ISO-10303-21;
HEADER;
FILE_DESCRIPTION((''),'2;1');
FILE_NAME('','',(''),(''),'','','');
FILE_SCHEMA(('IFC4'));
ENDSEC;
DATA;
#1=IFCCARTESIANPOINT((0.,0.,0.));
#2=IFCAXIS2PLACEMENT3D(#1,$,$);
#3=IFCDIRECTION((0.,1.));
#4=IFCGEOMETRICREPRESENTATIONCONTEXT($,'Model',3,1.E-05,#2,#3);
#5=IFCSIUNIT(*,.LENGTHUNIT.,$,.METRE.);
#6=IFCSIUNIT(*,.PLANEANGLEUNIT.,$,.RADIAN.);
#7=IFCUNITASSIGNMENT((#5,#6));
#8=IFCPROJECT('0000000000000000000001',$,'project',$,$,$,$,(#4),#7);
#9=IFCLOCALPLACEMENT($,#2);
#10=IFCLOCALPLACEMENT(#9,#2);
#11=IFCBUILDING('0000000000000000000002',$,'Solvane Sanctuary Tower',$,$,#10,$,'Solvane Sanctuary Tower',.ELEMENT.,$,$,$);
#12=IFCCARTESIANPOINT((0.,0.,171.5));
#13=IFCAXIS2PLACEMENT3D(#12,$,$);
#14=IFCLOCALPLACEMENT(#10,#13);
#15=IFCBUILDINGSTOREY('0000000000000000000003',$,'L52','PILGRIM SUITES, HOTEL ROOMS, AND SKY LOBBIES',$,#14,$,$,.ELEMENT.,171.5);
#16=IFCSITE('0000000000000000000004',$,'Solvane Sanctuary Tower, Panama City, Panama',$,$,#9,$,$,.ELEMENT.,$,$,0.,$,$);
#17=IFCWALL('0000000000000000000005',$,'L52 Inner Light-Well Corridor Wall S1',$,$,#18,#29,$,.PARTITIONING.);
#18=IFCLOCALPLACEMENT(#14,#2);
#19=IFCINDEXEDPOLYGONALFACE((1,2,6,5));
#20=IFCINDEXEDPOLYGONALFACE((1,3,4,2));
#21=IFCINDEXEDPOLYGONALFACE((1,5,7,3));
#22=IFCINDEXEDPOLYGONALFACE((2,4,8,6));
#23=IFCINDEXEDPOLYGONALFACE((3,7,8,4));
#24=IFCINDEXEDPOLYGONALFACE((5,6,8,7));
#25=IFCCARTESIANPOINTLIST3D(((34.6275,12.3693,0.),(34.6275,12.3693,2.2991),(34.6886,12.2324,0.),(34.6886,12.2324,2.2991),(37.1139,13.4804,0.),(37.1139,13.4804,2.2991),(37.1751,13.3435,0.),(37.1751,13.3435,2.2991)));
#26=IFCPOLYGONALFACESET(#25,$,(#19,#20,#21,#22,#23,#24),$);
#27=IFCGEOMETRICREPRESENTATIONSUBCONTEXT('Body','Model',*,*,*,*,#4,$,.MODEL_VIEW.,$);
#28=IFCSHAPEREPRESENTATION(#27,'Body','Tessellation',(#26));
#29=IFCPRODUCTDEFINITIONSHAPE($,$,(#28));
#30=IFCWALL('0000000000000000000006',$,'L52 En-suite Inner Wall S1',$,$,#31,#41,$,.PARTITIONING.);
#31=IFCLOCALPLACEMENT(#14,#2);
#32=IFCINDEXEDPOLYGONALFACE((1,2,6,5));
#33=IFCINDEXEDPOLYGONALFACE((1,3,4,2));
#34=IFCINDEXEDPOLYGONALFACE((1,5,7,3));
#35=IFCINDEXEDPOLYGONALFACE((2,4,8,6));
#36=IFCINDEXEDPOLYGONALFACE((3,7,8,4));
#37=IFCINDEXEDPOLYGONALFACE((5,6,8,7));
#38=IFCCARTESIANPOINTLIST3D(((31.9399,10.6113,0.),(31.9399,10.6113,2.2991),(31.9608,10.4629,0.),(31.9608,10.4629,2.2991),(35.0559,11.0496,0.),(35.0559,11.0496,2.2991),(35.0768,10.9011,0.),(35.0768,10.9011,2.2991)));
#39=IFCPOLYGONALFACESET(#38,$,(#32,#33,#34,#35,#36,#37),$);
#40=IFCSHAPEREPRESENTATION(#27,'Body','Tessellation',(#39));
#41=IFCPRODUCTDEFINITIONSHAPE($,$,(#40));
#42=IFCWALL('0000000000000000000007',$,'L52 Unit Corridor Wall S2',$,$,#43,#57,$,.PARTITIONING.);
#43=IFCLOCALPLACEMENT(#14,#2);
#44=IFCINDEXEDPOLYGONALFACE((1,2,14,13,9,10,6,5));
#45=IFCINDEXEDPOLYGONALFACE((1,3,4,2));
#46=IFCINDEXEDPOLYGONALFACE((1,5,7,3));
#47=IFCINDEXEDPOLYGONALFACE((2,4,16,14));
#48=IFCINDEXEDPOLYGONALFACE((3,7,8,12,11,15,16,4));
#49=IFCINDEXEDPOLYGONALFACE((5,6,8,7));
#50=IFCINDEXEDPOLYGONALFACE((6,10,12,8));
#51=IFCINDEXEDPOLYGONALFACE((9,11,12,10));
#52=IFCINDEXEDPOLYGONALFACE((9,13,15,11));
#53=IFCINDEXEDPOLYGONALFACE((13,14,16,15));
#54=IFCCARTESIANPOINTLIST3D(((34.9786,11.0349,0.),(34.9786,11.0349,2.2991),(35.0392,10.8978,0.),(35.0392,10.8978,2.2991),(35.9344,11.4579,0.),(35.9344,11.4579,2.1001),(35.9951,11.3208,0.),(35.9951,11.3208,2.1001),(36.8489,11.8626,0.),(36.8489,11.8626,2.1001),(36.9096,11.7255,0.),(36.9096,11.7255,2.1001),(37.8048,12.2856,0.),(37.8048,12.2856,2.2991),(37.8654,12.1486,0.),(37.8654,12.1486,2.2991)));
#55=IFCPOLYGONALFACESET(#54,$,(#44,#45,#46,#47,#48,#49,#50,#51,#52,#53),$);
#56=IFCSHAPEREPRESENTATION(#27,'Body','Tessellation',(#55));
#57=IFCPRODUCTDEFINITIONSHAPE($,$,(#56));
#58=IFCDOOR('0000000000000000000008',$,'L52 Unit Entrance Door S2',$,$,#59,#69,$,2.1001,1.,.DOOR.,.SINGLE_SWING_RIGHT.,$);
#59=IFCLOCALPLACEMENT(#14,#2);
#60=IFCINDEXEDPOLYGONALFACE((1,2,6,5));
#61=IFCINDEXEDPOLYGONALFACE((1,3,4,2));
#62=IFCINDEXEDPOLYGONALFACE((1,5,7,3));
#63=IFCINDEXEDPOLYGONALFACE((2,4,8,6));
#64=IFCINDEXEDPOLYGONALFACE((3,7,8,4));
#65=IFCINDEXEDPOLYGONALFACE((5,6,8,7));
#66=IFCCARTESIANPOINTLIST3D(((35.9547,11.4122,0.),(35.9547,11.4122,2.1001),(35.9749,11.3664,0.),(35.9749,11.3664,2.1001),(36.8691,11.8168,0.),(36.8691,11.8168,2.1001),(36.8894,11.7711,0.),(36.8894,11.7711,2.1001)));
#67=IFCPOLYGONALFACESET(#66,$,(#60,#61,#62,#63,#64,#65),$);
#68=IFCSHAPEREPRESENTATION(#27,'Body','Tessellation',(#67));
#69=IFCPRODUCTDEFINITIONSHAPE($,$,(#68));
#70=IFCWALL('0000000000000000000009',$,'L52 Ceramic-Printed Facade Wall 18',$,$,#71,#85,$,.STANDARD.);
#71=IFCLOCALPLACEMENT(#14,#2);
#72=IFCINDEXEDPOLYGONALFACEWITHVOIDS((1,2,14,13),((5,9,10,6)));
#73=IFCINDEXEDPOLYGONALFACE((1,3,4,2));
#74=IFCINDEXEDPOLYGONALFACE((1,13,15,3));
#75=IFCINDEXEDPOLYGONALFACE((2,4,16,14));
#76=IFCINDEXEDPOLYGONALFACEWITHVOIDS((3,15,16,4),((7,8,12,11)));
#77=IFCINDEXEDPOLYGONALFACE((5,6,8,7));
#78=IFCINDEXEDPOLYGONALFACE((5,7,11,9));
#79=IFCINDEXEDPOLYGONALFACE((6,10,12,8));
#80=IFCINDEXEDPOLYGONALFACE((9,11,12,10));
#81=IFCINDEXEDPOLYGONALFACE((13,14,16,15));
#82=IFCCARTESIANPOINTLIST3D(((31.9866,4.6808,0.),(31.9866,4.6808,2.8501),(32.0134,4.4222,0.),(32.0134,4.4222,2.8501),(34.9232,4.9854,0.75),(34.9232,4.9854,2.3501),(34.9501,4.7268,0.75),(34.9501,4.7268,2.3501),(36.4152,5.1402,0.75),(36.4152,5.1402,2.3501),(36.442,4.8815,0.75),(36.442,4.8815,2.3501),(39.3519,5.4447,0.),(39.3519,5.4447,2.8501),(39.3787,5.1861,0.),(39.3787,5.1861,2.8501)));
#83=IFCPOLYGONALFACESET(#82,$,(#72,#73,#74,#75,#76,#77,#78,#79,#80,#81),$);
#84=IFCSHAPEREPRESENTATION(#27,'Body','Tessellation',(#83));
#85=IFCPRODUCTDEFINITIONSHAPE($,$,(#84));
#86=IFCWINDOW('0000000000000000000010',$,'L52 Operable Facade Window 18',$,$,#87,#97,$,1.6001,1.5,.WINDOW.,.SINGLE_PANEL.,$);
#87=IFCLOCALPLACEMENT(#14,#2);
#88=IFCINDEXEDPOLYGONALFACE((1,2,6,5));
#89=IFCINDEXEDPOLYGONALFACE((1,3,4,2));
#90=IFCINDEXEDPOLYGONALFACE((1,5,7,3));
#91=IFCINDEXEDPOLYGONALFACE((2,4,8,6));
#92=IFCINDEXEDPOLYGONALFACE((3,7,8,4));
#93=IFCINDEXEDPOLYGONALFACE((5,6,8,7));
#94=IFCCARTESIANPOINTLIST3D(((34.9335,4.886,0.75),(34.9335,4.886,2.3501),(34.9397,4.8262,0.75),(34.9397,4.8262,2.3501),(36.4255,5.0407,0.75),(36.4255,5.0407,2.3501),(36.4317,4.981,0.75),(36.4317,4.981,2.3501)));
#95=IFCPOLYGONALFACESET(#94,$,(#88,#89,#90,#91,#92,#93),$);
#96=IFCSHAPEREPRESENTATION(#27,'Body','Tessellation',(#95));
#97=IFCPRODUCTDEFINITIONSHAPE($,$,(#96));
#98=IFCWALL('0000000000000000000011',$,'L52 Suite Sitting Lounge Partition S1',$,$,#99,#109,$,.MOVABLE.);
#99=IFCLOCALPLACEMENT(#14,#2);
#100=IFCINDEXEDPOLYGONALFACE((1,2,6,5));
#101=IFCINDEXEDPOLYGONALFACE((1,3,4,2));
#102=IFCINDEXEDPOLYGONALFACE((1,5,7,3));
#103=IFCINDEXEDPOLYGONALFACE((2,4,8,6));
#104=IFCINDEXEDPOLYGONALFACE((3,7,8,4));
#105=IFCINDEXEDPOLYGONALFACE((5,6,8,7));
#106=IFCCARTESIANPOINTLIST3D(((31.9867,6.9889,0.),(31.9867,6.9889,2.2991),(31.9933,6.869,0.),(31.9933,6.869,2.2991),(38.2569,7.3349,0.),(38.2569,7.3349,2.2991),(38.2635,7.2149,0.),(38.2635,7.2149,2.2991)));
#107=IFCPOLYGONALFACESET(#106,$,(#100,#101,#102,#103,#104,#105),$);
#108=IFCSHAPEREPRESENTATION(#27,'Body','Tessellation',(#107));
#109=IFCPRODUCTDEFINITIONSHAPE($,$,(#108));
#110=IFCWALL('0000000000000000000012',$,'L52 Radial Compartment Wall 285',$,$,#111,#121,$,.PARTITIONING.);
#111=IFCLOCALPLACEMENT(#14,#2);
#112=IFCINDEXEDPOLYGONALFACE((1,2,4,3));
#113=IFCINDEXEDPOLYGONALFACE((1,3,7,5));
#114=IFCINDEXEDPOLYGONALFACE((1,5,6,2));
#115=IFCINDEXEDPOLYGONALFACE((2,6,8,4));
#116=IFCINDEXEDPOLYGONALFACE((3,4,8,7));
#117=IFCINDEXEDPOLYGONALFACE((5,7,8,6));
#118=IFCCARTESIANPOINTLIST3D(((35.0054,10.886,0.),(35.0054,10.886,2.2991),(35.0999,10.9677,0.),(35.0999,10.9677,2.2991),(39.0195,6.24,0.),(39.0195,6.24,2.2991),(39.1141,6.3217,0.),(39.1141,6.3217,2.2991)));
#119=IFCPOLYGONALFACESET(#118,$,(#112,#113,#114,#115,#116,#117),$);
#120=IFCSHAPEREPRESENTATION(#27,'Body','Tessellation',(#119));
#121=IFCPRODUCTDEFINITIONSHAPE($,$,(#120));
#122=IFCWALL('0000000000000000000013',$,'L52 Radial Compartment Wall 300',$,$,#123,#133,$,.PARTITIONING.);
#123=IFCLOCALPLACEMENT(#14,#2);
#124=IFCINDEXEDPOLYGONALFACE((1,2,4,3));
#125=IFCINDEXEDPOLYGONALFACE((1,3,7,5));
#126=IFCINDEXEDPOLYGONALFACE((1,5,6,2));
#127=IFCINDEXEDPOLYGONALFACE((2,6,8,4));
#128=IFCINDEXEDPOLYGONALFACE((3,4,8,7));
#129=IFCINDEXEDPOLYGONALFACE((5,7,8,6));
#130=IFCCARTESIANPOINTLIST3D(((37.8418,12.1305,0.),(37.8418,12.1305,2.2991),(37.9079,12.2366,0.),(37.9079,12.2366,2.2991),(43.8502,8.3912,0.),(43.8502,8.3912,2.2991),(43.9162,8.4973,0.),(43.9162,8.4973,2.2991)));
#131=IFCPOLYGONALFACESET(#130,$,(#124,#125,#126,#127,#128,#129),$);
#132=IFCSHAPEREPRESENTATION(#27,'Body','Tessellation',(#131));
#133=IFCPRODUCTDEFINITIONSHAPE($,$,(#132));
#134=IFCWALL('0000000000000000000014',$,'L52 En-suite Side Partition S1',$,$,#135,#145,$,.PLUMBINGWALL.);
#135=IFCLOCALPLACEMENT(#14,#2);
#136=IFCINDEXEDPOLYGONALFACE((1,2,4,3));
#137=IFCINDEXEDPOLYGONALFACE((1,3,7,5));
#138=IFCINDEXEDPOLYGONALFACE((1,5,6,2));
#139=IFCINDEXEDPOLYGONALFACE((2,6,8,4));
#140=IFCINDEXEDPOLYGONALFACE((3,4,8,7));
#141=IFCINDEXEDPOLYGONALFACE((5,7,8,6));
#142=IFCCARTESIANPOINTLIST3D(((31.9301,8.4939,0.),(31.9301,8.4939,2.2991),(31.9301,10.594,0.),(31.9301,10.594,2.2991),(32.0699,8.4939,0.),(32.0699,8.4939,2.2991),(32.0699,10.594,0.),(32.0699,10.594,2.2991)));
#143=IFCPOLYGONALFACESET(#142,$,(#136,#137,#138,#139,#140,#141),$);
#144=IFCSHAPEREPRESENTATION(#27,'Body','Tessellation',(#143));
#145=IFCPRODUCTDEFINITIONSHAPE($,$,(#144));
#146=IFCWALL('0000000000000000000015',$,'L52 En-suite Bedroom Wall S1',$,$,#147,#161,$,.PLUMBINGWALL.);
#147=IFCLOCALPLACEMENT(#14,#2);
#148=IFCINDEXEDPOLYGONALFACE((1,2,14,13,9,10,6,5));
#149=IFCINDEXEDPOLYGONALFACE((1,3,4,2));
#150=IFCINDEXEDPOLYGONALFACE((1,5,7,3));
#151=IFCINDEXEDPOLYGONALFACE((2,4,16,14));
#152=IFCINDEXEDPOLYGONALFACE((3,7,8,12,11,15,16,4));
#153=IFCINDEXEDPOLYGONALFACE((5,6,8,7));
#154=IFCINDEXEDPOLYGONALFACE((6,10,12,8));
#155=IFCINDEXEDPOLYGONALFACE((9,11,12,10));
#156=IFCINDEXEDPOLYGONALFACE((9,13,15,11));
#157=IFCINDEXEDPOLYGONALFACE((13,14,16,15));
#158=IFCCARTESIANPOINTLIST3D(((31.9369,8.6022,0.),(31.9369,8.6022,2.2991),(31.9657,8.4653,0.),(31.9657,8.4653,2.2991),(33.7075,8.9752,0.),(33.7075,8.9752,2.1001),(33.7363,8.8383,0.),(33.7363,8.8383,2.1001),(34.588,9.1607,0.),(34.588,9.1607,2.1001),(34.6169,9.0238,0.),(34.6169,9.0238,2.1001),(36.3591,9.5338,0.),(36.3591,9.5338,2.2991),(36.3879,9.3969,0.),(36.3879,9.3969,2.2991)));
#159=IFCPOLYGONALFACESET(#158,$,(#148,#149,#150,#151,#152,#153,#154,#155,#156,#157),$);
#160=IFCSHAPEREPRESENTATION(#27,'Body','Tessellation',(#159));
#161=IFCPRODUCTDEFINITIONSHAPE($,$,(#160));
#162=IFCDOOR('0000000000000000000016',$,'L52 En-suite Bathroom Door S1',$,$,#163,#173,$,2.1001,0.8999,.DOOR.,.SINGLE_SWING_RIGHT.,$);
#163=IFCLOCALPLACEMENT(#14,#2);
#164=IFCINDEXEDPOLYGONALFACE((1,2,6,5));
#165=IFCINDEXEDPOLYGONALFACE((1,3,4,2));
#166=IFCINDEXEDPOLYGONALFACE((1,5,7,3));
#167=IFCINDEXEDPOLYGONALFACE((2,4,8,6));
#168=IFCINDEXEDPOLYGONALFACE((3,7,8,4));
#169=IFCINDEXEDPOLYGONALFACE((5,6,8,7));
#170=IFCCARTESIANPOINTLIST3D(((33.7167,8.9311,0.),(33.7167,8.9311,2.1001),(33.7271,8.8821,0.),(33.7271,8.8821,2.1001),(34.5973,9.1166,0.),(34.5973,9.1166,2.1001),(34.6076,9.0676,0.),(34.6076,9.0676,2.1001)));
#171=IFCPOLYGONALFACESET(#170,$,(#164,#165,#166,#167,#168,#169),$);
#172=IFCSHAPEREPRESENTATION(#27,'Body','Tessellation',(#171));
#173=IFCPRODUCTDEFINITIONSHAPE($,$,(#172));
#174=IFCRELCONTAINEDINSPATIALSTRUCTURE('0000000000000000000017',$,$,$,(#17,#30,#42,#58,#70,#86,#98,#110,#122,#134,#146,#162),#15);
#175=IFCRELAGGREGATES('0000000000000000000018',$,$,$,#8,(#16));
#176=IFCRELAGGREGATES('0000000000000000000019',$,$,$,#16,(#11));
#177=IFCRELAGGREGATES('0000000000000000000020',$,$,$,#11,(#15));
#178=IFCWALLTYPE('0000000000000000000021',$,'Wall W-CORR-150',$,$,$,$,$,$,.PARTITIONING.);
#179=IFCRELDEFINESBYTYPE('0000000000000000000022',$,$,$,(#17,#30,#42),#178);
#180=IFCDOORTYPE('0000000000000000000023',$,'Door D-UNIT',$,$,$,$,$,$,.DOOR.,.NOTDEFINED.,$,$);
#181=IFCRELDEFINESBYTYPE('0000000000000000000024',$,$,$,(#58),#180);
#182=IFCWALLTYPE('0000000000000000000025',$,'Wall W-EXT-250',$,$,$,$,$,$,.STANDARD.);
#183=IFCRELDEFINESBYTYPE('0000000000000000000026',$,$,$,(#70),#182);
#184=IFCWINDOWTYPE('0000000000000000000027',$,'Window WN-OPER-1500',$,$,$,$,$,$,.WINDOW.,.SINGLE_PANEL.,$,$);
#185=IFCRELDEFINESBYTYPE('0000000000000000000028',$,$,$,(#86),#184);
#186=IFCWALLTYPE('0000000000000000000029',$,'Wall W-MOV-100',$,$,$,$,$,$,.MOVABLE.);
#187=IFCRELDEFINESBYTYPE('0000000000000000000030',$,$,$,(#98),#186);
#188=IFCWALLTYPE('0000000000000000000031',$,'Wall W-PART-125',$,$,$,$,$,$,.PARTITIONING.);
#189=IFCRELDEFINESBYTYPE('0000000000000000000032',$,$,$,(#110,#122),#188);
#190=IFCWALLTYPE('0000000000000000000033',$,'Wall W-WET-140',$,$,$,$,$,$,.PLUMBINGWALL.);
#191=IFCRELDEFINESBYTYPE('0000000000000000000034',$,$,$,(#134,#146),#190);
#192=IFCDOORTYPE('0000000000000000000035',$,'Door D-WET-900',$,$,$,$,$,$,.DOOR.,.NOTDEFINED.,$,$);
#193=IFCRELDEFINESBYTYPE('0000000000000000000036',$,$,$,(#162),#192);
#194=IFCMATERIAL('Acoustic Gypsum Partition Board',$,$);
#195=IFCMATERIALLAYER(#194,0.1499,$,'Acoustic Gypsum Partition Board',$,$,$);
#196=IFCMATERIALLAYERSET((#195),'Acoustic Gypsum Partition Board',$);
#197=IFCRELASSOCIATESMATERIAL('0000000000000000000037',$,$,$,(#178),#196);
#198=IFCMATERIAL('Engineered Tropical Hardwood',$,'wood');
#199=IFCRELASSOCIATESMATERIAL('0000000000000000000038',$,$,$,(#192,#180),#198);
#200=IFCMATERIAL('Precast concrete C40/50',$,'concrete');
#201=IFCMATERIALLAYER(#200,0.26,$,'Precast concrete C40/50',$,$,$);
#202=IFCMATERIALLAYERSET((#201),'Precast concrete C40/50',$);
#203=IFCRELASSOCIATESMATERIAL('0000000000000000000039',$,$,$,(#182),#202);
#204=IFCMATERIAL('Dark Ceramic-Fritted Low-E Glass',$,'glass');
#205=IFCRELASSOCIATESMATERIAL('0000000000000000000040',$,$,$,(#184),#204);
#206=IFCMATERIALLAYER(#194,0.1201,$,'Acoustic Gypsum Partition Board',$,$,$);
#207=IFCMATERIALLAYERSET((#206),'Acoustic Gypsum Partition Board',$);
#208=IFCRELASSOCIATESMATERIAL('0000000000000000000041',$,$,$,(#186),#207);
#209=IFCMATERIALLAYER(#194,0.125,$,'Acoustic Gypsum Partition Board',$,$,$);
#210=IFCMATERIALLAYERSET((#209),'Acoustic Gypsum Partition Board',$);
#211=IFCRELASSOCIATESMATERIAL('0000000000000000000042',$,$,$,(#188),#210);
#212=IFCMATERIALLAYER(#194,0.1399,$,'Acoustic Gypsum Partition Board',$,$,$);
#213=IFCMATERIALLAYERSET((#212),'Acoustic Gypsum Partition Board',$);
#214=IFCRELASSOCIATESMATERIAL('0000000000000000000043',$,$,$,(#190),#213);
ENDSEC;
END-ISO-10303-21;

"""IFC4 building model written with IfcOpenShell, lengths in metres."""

from ifc_helpers import new_model, si_unit, direction, frame, frame_2d, origin, place, context, subcontext, project, spatial, rectangle, extrude, material, layer, layer_set, type_object, element, fill, save


model = new_model("IFC4")

# Units and contexts
model_context = context("Model", 3, precision=1e-05, world=origin(), true_north=direction((0.0, 1.0)))
body_context = subcontext(model_context, "Body", "Model", "MODEL_VIEW")
ifc_project = project(units=[si_unit("LENGTHUNIT", "METRE"), si_unit("PLANEANGLEUNIT", "RADIAN")], contexts=[model_context])

# Site, building, storey
site_placement = place(None, origin())
site = spatial("IfcSite", under=ifc_project, at=site_placement, Name="Solvane Sanctuary Tower, Panama City, Panama", CompositionType="ELEMENT", RefElevation=0.0)
building_placement = place(site_placement, origin())
building = spatial("IfcBuilding", under=site, at=building_placement, Name="Solvane Sanctuary Tower", LongName="Solvane Sanctuary Tower", CompositionType="ELEMENT")
storey_placement = place(building_placement, frame((0.0, 0.0, 171.5)))
storey = spatial("IfcBuildingStorey", under=building, at=storey_placement, Name="L52", Description="PILGRIM SUITES, HOTEL ROOMS, AND SKY LOBBIES", CompositionType="ELEMENT", Elevation=171.5)

# Shared definitions
ifc_material_1 = material(Name="Acoustic Gypsum Partition Board")
ifc_layer_1 = layer(ifc_material_1, 0.1499, Name="Acoustic Gypsum Partition Board")
ifc_layer_set_1 = layer_set([ifc_layer_1], Name="Acoustic Gypsum Partition Board")
wall_type_1 = type_object("IfcWallType", Name="Wall W-CORR-150", PredefinedType="PARTITIONING", material=ifc_layer_set_1)

# Shared definitions
ifc_material_2 = material(Name="Engineered Tropical Hardwood", Category="wood")
door_type_1 = type_object("IfcDoorType", Name="Door D-WET-900", OperationType="NOTDEFINED", PredefinedType="DOOR", material=ifc_material_2)

# Walls
wall_1_placement = place(storey_placement, frame((34.658, 12.3008, 0.0), z_axis=(0.0, 0.0, 1.0), x_axis=(0.912985, 0.407993, 0.0)))
element("IfcWall", 1, at=wall_1_placement, inside=storey, type_object=wall_type_1, Name="L52 Inner Light-Well Corridor Wall S1", PredefinedType="PARTITIONING", context=body_context, shape_type="SweptSolid", body=[
    extrude(rectangle(XDim=2.7234, YDim=0.1499, at=frame_2d((1.3618, 0.0))), origin(), (0.0, 0.0, 1.0), 2.2991),
])
wall_2_placement = place(storey_placement, frame((31.9504, 10.5371, 0.0), z_axis=(0.0, 0.0, 1.0), x_axis=(0.990254, 0.13927, 0.0)))
element("IfcWall", 2, at=wall_2_placement, inside=storey, type_object=wall_type_1, Name="L52 En-suite Inner Wall S1", PredefinedType="PARTITIONING", context=body_context, shape_type="SweptSolid", body=[
    extrude(rectangle(XDim=3.1467, YDim=0.1499, at=frame_2d((1.5732, 0.0))), origin(), (0.0, 0.0, 1.0), 2.2991),
])

# Wall, opening, door
wall_3_placement = place(storey_placement, frame((35.0088, 10.9663, 0.0), z_axis=(0.0, 0.0, 1.0), x_axis=(0.914452, 0.404694, 0.0)))
wall_3 = element("IfcWall", 3, at=wall_3_placement, inside=storey, type_object=wall_type_1, Name="L52 Unit Corridor Wall S2", PredefinedType="PARTITIONING", context=body_context, shape_type="SweptSolid", body=[
    extrude(rectangle(XDim=3.0906, YDim=0.1499, at=frame_2d((1.5454, 0.0))), origin(), (0.0, 0.0, 1.0), 2.2991),
])
opening_1_placement = place(wall_3_placement, frame((1.0454, 0.0, 0.0)))
opening_1 = element("IfcOpeningElement", 4, at=opening_1_placement, cuts=wall_3, PredefinedType="OPENING", context=body_context, shape_type="SweptSolid", body=[
    extrude(rectangle(XDim=1.0, YDim=2.1001, at=frame_2d((0.5, 1.05))), frame((0.0, 0.085, 0.0), z_axis=(0.0, -1.0, 0.0), x_axis=(1.0, 0.0, 0.0)), (0.0, 0.0, 1.0), 0.1699),
])
door_type_2 = type_object("IfcDoorType", Name="Door D-UNIT", OperationType="NOTDEFINED", PredefinedType="DOOR", material=ifc_material_2)
door_1_placement = place(opening_1_placement, origin())
door_1 = element("IfcDoor", 5, at=door_1_placement, inside=storey, type_object=door_type_2, Name="L52 Unit Entrance Door S2", OperationType="SINGLE_SWING_RIGHT", OverallHeight=2.1001, OverallWidth=1.0, PredefinedType="DOOR", context=body_context, shape_type="SweptSolid", body=[
    extrude(rectangle(XDim=1.0, YDim=2.1001, at=frame_2d((0.5, 1.05))), frame((0.0, 0.0249, 0.0), z_axis=(0.0, -1.0, 0.0), x_axis=(1.0, 0.0, 0.0)), (0.0, 0.0, 1.0), 0.05),
])
fill(opening_1, door_1)

# Wall, opening, window
ifc_material_3 = material(Name="Precast concrete C40/50", Category="concrete")
ifc_layer_2 = layer(ifc_material_3, 0.26, Name="Precast concrete C40/50")
ifc_layer_set_2 = layer_set([ifc_layer_2], Name="Precast concrete C40/50")
wall_type_2 = type_object("IfcWallType", Name="Wall W-EXT-250", PredefinedType="STANDARD", material=ifc_layer_set_2)
wall_4_placement = place(storey_placement, frame((32.0, 4.5515, 0.0), z_axis=(0.0, 0.0, 1.0), x_axis=(0.994664, 0.103166, 0.0)))
wall_4 = element("IfcWall", 6, at=wall_4_placement, inside=storey, type_object=wall_type_2, Name="L52 Ceramic-Printed Facade Wall 18", PredefinedType="STANDARD", context=body_context, shape_type="SweptSolid", body=[
    extrude(rectangle(XDim=7.4048, YDim=0.26, at=frame_2d((3.7024, 0.0))), origin(), (0.0, 0.0, 1.0), 2.8501),
])
opening_2_placement = place(wall_4_placement, frame((2.9524, 0.0, 0.75)))
opening_2 = element("IfcOpeningElement", 7, at=opening_2_placement, cuts=wall_4, PredefinedType="OPENING", context=body_context, shape_type="SweptSolid", body=[
    extrude(rectangle(XDim=1.5, YDim=1.6001, at=frame_2d((0.75, 0.8))), frame((0.0, 0.1399, 0.0), z_axis=(0.0, -1.0, 0.0), x_axis=(1.0, 0.0, 0.0)), (0.0, 0.0, 1.0), 0.28),
])
ifc_material_4 = material(Name="Dark Ceramic-Fritted Low-E Glass", Category="glass")
window_type = type_object("IfcWindowType", Name="Window WN-OPER-1500", PartitioningType="SINGLE_PANEL", PredefinedType="WINDOW", material=ifc_material_4)
window_placement = place(opening_2_placement, origin())
window = element("IfcWindow", 8, at=window_placement, inside=storey, type_object=window_type, Name="L52 Operable Facade Window 18", OverallHeight=1.6001, OverallWidth=1.5, PartitioningType="SINGLE_PANEL", PredefinedType="WINDOW", context=body_context, shape_type="SweptSolid", body=[
    extrude(rectangle(XDim=1.5, YDim=1.6001, at=frame_2d((0.75, 0.8))), frame((0.0, 0.03, 0.0), z_axis=(0.0, -1.0, 0.0), x_axis=(1.0, 0.0, 0.0)), (0.0, 0.0, 1.0), 0.0601),
])
fill(opening_2, window)

# Walls
ifc_layer_3 = layer(ifc_material_1, 0.1201, Name="Acoustic Gypsum Partition Board")
ifc_layer_set_3 = layer_set([ifc_layer_3], Name="Acoustic Gypsum Partition Board")
wall_type_3 = type_object("IfcWallType", Name="Wall W-MOV-100", PredefinedType="MOVABLE", material=ifc_layer_set_3)
wall_5_placement = place(storey_placement, frame((31.99, 6.929, 0.0), z_axis=(0.0, 0.0, 1.0), x_axis=(0.998481, 0.055089, 0.0)))
element("IfcWall", 9, at=wall_5_placement, inside=storey, type_object=wall_type_3, Name="L52 Suite Sitting Lounge Partition S1", PredefinedType="MOVABLE", context=body_context, shape_type="SweptSolid", body=[
    extrude(rectangle(XDim=6.2798, YDim=0.1201, at=frame_2d((3.1399, 0.0))), origin(), (0.0, 0.0, 1.0), 2.2991),
])
ifc_layer_4 = layer(ifc_material_1, 0.125, Name="Acoustic Gypsum Partition Board")
ifc_layer_set_4 = layer_set([ifc_layer_4], Name="Acoustic Gypsum Partition Board")
wall_type_4 = type_object("IfcWallType", Name="Wall W-PART-125", PredefinedType="PARTITIONING", material=ifc_layer_set_4)
wall_6_placement = place(storey_placement, frame((35.0527, 10.9268, 0.0), z_axis=(0.0, 0.0, 1.0), x_axis=(0.653779, -0.756685, 0.0)))
element("IfcWall", 10, at=wall_6_placement, inside=storey, type_object=wall_type_4, Name="L52 Radial Compartment Wall 285", PredefinedType="PARTITIONING", context=body_context, shape_type="SweptSolid", body=[
    extrude(rectangle(XDim=6.1399, YDim=0.125, at=frame_2d((3.0698, 0.0))), origin(), (0.0, 0.0, 1.0), 2.2991),
])
wall_7_placement = place(storey_placement, frame((37.8748, 12.1836, 0.0), z_axis=(0.0, 0.0, 1.0), x_axis=(0.849008, -0.528379, 0.0)))
element("IfcWall", 11, at=wall_7_placement, inside=storey, type_object=wall_type_4, Name="L52 Radial Compartment Wall 300", PredefinedType="PARTITIONING", context=body_context, shape_type="SweptSolid", body=[
    extrude(rectangle(XDim=7.0769, YDim=0.125, at=frame_2d((3.5386, 0.0))), origin(), (0.0, 0.0, 1.0), 2.2991),
])
ifc_layer_5 = layer(ifc_material_1, 0.1399, Name="Acoustic Gypsum Partition Board")
ifc_layer_set_5 = layer_set([ifc_layer_5], Name="Acoustic Gypsum Partition Board")
wall_type_5 = type_object("IfcWallType", Name="Wall W-WET-140", PredefinedType="PLUMBINGWALL", material=ifc_layer_set_5)
wall_8_placement = place(storey_placement, frame((32.0, 10.594, 0.0), z_axis=(0.0, 0.0, 1.0), x_axis=(0.0, -1.0, 0.0)))
element("IfcWall", 12, at=wall_8_placement, inside=storey, type_object=wall_type_5, Name="L52 En-suite Side Partition S1", PredefinedType="PLUMBINGWALL", context=body_context, shape_type="SweptSolid", body=[
    extrude(rectangle(XDim=2.1001, YDim=0.1399, at=frame_2d((1.05, 0.0))), origin(), (0.0, 0.0, 1.0), 2.2991),
])

# Wall, opening, door
wall_9_placement = place(storey_placement, frame((31.9512, 8.5337, 0.0), z_axis=(0.0, 0.0, 1.0), x_axis=(0.97852, 0.206152, 0.0)))
wall_9 = element("IfcWall", 13, at=wall_9_placement, inside=storey, type_object=wall_type_5, Name="L52 En-suite Bedroom Wall S1", PredefinedType="PLUMBINGWALL", context=body_context, shape_type="SweptSolid", body=[
    extrude(rectangle(XDim=4.5193, YDim=0.1399, at=frame_2d((2.2598, 0.0))), origin(), (0.0, 0.0, 1.0), 2.2991),
])
opening_3_placement = place(wall_9_placement, frame((1.8096, 0.0, 0.0)))
opening_3 = element("IfcOpeningElement", 14, at=opening_3_placement, cuts=wall_9, PredefinedType="OPENING", context=body_context, shape_type="SweptSolid", body=[
    extrude(rectangle(XDim=0.8999, YDim=2.1001, at=frame_2d((0.45, 1.05))), frame((0.0, 0.0798, 0.0), z_axis=(0.0, -1.0, 0.0), x_axis=(1.0, 0.0, 0.0)), (0.0, 0.0, 1.0), 0.1599),
])
door_2_placement = place(opening_3_placement, origin())
door_2 = element("IfcDoor", 15, at=door_2_placement, inside=storey, type_object=door_type_1, Name="L52 En-suite Bathroom Door S1", OperationType="SINGLE_SWING_RIGHT", OverallHeight=2.1001, OverallWidth=0.8999, PredefinedType="DOOR", context=body_context, shape_type="SweptSolid", body=[
    extrude(rectangle(XDim=0.8999, YDim=2.1001, at=frame_2d((0.45, 1.05))), frame((0.0, 0.0249, 0.0), z_axis=(0.0, -1.0, 0.0), x_axis=(1.0, 0.0, 0.0)), (0.0, 0.0, 1.0), 0.05),
])
fill(opening_3, door_2)

save(model, "model.ifc")
